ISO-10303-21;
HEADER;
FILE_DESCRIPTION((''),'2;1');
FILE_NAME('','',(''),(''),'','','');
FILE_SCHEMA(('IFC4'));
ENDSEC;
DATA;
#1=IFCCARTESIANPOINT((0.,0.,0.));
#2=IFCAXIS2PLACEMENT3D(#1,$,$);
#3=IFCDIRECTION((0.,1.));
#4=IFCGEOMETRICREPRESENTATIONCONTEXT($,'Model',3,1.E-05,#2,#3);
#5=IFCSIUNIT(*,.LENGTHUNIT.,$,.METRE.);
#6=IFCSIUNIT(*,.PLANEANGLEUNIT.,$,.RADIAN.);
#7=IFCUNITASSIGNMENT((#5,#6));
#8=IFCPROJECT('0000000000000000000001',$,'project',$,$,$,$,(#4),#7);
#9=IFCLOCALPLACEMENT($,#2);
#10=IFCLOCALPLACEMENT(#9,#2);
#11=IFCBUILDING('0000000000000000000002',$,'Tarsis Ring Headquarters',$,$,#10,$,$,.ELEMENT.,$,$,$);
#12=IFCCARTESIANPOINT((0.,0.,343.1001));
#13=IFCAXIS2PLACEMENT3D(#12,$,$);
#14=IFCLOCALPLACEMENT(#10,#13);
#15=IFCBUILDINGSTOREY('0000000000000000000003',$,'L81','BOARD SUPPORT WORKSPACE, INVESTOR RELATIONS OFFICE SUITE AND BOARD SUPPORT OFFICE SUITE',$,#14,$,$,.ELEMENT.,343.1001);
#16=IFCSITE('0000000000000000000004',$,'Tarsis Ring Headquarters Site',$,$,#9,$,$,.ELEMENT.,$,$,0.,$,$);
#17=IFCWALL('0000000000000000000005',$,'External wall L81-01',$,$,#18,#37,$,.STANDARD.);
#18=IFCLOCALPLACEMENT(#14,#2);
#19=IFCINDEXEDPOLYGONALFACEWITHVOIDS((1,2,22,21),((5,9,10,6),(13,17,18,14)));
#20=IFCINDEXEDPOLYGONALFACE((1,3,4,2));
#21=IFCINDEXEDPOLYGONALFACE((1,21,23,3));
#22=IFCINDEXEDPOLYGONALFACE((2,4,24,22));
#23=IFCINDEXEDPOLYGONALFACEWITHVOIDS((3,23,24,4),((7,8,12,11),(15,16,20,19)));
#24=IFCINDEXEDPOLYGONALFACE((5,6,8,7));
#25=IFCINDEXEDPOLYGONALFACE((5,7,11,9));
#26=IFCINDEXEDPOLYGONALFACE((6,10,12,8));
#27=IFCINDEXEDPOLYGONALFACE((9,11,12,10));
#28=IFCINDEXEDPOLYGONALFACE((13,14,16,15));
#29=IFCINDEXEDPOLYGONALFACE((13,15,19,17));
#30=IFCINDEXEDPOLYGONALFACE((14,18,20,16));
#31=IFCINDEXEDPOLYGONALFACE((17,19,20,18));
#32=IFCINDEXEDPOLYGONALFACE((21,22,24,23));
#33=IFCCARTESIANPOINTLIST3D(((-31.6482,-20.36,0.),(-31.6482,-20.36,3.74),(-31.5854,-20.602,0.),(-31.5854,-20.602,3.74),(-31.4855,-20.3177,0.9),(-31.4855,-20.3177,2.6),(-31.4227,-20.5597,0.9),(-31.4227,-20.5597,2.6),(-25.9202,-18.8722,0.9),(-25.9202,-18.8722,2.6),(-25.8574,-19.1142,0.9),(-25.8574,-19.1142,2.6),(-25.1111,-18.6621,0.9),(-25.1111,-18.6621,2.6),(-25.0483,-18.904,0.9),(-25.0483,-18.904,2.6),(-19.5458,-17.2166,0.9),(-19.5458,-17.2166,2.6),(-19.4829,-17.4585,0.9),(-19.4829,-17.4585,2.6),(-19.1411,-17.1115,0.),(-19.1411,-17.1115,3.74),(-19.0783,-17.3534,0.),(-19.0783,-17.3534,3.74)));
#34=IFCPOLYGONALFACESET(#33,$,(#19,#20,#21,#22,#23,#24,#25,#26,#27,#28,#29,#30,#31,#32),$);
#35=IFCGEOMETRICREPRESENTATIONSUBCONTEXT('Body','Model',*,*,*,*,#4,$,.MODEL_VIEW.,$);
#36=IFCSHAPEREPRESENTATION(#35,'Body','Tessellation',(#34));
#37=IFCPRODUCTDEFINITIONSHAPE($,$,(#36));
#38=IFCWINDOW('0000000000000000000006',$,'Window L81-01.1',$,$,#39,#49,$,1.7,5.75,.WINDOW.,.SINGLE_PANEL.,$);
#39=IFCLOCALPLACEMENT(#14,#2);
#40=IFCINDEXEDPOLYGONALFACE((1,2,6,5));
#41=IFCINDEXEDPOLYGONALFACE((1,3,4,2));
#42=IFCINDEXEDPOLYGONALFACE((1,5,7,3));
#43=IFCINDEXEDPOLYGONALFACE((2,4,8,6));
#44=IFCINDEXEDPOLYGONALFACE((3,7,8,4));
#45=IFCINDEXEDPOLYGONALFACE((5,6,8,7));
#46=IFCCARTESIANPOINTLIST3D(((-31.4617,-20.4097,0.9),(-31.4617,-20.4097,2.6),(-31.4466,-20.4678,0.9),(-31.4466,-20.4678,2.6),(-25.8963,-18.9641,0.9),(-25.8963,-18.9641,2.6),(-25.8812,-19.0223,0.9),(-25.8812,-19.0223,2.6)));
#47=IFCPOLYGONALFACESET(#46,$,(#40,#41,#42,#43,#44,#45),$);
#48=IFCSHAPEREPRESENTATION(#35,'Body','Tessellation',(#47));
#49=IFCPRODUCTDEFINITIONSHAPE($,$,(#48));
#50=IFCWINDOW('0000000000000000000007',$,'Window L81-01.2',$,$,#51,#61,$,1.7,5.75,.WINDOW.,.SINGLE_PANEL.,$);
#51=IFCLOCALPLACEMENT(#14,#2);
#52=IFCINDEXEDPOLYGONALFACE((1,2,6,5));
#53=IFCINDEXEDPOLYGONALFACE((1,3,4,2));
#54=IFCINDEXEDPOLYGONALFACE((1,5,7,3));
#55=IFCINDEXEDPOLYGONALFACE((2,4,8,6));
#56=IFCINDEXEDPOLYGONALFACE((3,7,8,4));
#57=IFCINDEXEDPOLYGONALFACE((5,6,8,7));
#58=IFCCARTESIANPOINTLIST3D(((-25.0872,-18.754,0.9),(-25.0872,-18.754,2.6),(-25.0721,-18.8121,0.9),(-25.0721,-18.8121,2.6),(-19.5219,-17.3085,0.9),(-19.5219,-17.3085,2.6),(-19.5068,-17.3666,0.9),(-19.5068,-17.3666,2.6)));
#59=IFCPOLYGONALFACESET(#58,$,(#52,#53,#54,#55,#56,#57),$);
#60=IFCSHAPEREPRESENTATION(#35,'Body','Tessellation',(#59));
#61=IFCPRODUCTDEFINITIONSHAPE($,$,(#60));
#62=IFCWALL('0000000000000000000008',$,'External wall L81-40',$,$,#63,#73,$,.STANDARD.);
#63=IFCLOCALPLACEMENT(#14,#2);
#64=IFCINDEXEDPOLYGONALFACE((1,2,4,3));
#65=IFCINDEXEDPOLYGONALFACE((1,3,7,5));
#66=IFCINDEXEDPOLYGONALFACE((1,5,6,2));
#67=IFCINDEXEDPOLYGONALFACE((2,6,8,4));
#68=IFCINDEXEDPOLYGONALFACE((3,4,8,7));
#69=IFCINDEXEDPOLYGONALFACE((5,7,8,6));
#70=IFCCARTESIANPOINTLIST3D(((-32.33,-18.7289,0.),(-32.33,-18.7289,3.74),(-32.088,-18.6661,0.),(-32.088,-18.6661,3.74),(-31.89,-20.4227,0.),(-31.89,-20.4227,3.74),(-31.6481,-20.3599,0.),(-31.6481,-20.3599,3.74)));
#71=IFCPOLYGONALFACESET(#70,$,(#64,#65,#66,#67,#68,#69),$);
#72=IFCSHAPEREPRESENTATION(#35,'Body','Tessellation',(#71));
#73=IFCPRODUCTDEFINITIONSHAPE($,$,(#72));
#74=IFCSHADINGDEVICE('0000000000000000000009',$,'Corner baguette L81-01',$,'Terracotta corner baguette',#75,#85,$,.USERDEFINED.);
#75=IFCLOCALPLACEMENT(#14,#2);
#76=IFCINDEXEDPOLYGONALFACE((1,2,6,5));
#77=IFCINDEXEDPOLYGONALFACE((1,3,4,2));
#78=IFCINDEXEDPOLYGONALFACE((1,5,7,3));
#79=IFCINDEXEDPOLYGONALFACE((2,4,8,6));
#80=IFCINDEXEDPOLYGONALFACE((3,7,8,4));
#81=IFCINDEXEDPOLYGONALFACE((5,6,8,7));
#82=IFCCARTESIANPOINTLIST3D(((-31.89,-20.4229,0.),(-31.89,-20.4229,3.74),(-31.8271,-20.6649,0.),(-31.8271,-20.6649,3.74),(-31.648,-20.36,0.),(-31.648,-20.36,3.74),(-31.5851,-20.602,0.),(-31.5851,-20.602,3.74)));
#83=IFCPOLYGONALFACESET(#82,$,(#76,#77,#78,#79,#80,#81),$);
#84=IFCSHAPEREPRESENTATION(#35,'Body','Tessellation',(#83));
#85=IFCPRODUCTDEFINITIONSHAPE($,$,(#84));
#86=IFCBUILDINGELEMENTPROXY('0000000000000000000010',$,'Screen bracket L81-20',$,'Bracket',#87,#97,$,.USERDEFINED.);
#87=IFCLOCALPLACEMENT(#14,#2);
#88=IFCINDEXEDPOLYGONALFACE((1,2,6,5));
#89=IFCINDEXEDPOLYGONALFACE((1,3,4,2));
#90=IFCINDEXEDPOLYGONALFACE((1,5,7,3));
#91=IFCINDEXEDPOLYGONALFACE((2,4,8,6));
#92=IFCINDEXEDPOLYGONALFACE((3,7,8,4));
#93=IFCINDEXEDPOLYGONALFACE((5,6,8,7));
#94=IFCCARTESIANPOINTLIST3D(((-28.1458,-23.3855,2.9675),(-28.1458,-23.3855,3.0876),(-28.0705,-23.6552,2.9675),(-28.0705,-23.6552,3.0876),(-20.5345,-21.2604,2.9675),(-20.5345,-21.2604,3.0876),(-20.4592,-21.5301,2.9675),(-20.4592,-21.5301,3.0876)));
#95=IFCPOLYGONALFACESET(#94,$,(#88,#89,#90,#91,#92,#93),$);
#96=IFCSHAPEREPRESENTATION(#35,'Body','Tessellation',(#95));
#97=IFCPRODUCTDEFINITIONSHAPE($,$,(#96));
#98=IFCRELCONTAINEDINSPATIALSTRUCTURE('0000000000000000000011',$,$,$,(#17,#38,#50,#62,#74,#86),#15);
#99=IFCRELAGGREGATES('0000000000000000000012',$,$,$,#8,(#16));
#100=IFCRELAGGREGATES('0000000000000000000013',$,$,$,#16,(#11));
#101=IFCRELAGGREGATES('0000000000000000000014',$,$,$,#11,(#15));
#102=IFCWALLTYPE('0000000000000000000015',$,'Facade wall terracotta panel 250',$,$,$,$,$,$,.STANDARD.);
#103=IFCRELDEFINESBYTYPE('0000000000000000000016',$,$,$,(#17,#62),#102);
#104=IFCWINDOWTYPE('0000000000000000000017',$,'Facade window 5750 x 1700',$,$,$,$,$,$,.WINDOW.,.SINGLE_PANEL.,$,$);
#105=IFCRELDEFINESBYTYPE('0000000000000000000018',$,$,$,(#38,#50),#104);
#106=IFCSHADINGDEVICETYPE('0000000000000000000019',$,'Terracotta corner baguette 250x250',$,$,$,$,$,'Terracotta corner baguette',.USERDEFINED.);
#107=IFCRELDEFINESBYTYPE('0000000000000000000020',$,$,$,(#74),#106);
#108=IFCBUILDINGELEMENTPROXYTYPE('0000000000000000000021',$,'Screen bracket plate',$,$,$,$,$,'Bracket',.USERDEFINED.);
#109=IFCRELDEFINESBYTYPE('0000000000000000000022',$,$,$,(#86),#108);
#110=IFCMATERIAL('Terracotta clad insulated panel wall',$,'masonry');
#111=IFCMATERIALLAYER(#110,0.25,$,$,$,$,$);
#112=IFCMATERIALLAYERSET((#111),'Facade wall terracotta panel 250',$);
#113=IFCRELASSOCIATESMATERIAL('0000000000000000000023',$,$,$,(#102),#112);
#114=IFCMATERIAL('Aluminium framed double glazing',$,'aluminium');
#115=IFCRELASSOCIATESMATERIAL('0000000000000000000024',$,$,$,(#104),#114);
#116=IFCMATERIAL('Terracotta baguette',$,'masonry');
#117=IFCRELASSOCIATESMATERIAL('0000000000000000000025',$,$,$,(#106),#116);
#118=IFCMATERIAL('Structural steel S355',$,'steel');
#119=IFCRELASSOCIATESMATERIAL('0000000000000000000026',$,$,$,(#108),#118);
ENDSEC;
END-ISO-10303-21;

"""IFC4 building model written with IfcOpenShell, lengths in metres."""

from ifc_helpers import new_model, si_unit, direction, frame, frame_2d, origin, origin_2d, place, context, subcontext, project, spatial, rectangle, extrude, material, layer, layer_set, type_object, element, fill, save


model = new_model("IFC4")

# Units and contexts
model_context = context("Model", 3, precision=1e-05, world=origin(), true_north=direction((0.0, 1.0)))
body_context = subcontext(model_context, "Body", "Model", "MODEL_VIEW")
ifc_project = project(units=[si_unit("LENGTHUNIT", "METRE"), si_unit("PLANEANGLEUNIT", "RADIAN")], contexts=[model_context])

# Site, building, storey
site_placement = place(None, origin())
site = spatial("IfcSite", under=ifc_project, at=site_placement, Name="Tarsis Ring Headquarters Site", CompositionType="ELEMENT", RefElevation=0.0)
building_placement = place(site_placement, origin())
building = spatial("IfcBuilding", under=site, at=building_placement, Name="Tarsis Ring Headquarters", CompositionType="ELEMENT")
storey_placement = place(building_placement, frame((0.0, 0.0, 343.1001)))
storey = spatial("IfcBuildingStorey", under=building, at=storey_placement, Name="L81", Description="BOARD SUPPORT WORKSPACE, INVESTOR RELATIONS OFFICE SUITE AND BOARD SUPPORT OFFICE SUITE", CompositionType="ELEMENT", Elevation=343.1001)

# Shared definitions
ifc_material_1 = material(Name="Structural steel S355", Category="steel")

# Wall, openings, windows
ifc_material_2 = material(Name="Terracotta clad insulated panel wall", Category="masonry")
ifc_layer_1 = layer(ifc_material_2, 0.25)
ifc_layer_set_1 = layer_set([ifc_layer_1], Name="Facade wall terracotta panel 250")
wall_type_1 = type_object("IfcWallType", Name="Facade wall terracotta panel 250", PredefinedType="STANDARD", material=ifc_layer_set_1)
wall_1_placement = place(storey_placement, frame((-31.6167, -20.481, 0.0), z_axis=(0.0, 0.0, 1.0), x_axis=(0.967885, 0.251394, 0.0)))
wall_1 = element("IfcWall", 1, at=wall_1_placement, inside=storey, type_object=wall_type_1, Name="External wall L81-01", PredefinedType="STANDARD", context=body_context, shape_type="SweptSolid", body=[
    extrude(rectangle(XDim=12.9221, YDim=0.25, at=frame_2d((6.4609, 0.0))), origin(), (0.0, 0.0, 1.0), 3.74),
])
opening_1_placement = place(wall_1_placement, frame((0.168, 0.0, 0.8999)))
opening_1 = element("IfcOpeningElement", 2, at=opening_1_placement, cuts=wall_1, PredefinedType="OPENING", context=body_context, shape_type="SweptSolid", body=[
    extrude(rectangle(XDim=5.75, YDim=1.7, at=frame_2d((2.875, 0.8501))), frame((0.0, 0.135, 0.0), z_axis=(0.0, -1.0, 0.0), x_axis=(1.0, 0.0, 0.0)), (0.0, 0.0, 1.0), 0.27),
])
opening_2_placement = place(wall_1_placement, frame((6.7539, 0.0, 0.8999)))
opening_2 = element("IfcOpeningElement", 3, at=opening_2_placement, cuts=wall_1, PredefinedType="OPENING", context=body_context, shape_type="SweptSolid", body=[
    extrude(rectangle(XDim=5.75, YDim=1.7, at=frame_2d((2.875, 0.8501))), frame((0.0, 0.135, 0.0), z_axis=(0.0, -1.0, 0.0), x_axis=(1.0, 0.0, 0.0)), (0.0, 0.0, 1.0), 0.27),
])
ifc_material_3 = material(Name="Aluminium framed double glazing", Category="aluminium")
window_type = type_object("IfcWindowType", Name="Facade window 5750 x 1700", PartitioningType="SINGLE_PANEL", PredefinedType="WINDOW", material=ifc_material_3)
window_1_placement = place(opening_1_placement, origin())
window_1 = element("IfcWindow", 4, at=window_1_placement, inside=storey, type_object=window_type, Name="Window L81-01.1", OverallHeight=1.7, OverallWidth=5.75, PartitioningType="SINGLE_PANEL", PredefinedType="WINDOW", context=body_context, shape_type="SweptSolid", body=[
    extrude(rectangle(XDim=5.75, YDim=1.7, at=frame_2d((2.875, 0.8501))), frame((0.0, 0.03, 0.0), z_axis=(0.0, -1.0, 0.0), x_axis=(1.0, 0.0, 0.0)), (0.0, 0.0, 1.0), 0.0601),
])
fill(opening_1, window_1)
window_2_placement = place(opening_2_placement, origin())
window_2 = element("IfcWindow", 5, at=window_2_placement, inside=storey, type_object=window_type, Name="Window L81-01.2", OverallHeight=1.7, OverallWidth=5.75, PartitioningType="SINGLE_PANEL", PredefinedType="WINDOW", context=body_context, shape_type="SweptSolid", body=[
    extrude(rectangle(XDim=5.75, YDim=1.7, at=frame_2d((2.875, 0.8501))), frame((0.0, 0.03, 0.0), z_axis=(0.0, -1.0, 0.0), x_axis=(1.0, 0.0, 0.0)), (0.0, 0.0, 1.0), 0.0601),
])
fill(opening_2, window_2)

# Wall
wall_2_placement = place(storey_placement, frame((-32.209, -18.6975, 0.0), z_axis=(0.0, 0.0, 1.0), x_axis=(0.251388, -0.967886, 0.0)))
element("IfcWall", 6, at=wall_2_placement, inside=storey, type_object=wall_type_1, Name="External wall L81-40", PredefinedType="STANDARD", context=body_context, shape_type="SweptSolid", body=[
    extrude(rectangle(XDim=1.75, YDim=0.25, at=frame_2d((0.875, 0.0))), origin(), (0.0, 0.0, 1.0), 3.74),
])

# Shading device
ifc_material_4 = material(Name="Terracotta baguette", Category="masonry")
shading_device_type_1 = type_object("IfcShadingDeviceType", Name="Terracotta corner baguette 250x250", ElementType="Terracotta corner baguette", PredefinedType="USERDEFINED", material=ifc_material_4)
shading_device_1_placement = place(storey_placement, frame((-31.7375, -20.5125, 0.0), z_axis=(0.0, 0.0, 1.0), x_axis=(0.251394, -0.967885, 0.0)))
element("IfcShadingDevice", 7, at=shading_device_1_placement, inside=storey, type_object=shading_device_type_1, Name="Corner baguette L81-01", ObjectType="Terracotta corner baguette", PredefinedType="USERDEFINED", context=body_context, shape_type="SweptSolid", body=[
    extrude(rectangle(XDim=0.25, YDim=0.25, at=origin_2d()), origin(), (0.0, 0.0, 1.0), 3.74),
])

# Building element proxy
building_element_proxy_type = type_object("IfcBuildingElementProxyType", Name="Screen bracket plate", ElementType="Bracket", PredefinedType="USERDEFINED", material=ifc_material_1)
proxy_placement = place(storey_placement, frame((-24.3025, -22.4578, 2.9675), z_axis=(0.0, 0.0, 1.0), x_axis=(0.963163, 0.26892, 0.0)))
element("IfcBuildingElementProxy", 8, at=proxy_placement, inside=storey, type_object=building_element_proxy_type, Name="Screen bracket L81-20", ObjectType="Bracket", PredefinedType="USERDEFINED", context=body_context, shape_type="SweptSolid", body=[
    extrude(rectangle(XDim=7.9023, YDim=0.28, at=origin_2d()), origin(), (0.0, 0.0, 1.0), 0.1201),
])

save(model, "model.ifc")
